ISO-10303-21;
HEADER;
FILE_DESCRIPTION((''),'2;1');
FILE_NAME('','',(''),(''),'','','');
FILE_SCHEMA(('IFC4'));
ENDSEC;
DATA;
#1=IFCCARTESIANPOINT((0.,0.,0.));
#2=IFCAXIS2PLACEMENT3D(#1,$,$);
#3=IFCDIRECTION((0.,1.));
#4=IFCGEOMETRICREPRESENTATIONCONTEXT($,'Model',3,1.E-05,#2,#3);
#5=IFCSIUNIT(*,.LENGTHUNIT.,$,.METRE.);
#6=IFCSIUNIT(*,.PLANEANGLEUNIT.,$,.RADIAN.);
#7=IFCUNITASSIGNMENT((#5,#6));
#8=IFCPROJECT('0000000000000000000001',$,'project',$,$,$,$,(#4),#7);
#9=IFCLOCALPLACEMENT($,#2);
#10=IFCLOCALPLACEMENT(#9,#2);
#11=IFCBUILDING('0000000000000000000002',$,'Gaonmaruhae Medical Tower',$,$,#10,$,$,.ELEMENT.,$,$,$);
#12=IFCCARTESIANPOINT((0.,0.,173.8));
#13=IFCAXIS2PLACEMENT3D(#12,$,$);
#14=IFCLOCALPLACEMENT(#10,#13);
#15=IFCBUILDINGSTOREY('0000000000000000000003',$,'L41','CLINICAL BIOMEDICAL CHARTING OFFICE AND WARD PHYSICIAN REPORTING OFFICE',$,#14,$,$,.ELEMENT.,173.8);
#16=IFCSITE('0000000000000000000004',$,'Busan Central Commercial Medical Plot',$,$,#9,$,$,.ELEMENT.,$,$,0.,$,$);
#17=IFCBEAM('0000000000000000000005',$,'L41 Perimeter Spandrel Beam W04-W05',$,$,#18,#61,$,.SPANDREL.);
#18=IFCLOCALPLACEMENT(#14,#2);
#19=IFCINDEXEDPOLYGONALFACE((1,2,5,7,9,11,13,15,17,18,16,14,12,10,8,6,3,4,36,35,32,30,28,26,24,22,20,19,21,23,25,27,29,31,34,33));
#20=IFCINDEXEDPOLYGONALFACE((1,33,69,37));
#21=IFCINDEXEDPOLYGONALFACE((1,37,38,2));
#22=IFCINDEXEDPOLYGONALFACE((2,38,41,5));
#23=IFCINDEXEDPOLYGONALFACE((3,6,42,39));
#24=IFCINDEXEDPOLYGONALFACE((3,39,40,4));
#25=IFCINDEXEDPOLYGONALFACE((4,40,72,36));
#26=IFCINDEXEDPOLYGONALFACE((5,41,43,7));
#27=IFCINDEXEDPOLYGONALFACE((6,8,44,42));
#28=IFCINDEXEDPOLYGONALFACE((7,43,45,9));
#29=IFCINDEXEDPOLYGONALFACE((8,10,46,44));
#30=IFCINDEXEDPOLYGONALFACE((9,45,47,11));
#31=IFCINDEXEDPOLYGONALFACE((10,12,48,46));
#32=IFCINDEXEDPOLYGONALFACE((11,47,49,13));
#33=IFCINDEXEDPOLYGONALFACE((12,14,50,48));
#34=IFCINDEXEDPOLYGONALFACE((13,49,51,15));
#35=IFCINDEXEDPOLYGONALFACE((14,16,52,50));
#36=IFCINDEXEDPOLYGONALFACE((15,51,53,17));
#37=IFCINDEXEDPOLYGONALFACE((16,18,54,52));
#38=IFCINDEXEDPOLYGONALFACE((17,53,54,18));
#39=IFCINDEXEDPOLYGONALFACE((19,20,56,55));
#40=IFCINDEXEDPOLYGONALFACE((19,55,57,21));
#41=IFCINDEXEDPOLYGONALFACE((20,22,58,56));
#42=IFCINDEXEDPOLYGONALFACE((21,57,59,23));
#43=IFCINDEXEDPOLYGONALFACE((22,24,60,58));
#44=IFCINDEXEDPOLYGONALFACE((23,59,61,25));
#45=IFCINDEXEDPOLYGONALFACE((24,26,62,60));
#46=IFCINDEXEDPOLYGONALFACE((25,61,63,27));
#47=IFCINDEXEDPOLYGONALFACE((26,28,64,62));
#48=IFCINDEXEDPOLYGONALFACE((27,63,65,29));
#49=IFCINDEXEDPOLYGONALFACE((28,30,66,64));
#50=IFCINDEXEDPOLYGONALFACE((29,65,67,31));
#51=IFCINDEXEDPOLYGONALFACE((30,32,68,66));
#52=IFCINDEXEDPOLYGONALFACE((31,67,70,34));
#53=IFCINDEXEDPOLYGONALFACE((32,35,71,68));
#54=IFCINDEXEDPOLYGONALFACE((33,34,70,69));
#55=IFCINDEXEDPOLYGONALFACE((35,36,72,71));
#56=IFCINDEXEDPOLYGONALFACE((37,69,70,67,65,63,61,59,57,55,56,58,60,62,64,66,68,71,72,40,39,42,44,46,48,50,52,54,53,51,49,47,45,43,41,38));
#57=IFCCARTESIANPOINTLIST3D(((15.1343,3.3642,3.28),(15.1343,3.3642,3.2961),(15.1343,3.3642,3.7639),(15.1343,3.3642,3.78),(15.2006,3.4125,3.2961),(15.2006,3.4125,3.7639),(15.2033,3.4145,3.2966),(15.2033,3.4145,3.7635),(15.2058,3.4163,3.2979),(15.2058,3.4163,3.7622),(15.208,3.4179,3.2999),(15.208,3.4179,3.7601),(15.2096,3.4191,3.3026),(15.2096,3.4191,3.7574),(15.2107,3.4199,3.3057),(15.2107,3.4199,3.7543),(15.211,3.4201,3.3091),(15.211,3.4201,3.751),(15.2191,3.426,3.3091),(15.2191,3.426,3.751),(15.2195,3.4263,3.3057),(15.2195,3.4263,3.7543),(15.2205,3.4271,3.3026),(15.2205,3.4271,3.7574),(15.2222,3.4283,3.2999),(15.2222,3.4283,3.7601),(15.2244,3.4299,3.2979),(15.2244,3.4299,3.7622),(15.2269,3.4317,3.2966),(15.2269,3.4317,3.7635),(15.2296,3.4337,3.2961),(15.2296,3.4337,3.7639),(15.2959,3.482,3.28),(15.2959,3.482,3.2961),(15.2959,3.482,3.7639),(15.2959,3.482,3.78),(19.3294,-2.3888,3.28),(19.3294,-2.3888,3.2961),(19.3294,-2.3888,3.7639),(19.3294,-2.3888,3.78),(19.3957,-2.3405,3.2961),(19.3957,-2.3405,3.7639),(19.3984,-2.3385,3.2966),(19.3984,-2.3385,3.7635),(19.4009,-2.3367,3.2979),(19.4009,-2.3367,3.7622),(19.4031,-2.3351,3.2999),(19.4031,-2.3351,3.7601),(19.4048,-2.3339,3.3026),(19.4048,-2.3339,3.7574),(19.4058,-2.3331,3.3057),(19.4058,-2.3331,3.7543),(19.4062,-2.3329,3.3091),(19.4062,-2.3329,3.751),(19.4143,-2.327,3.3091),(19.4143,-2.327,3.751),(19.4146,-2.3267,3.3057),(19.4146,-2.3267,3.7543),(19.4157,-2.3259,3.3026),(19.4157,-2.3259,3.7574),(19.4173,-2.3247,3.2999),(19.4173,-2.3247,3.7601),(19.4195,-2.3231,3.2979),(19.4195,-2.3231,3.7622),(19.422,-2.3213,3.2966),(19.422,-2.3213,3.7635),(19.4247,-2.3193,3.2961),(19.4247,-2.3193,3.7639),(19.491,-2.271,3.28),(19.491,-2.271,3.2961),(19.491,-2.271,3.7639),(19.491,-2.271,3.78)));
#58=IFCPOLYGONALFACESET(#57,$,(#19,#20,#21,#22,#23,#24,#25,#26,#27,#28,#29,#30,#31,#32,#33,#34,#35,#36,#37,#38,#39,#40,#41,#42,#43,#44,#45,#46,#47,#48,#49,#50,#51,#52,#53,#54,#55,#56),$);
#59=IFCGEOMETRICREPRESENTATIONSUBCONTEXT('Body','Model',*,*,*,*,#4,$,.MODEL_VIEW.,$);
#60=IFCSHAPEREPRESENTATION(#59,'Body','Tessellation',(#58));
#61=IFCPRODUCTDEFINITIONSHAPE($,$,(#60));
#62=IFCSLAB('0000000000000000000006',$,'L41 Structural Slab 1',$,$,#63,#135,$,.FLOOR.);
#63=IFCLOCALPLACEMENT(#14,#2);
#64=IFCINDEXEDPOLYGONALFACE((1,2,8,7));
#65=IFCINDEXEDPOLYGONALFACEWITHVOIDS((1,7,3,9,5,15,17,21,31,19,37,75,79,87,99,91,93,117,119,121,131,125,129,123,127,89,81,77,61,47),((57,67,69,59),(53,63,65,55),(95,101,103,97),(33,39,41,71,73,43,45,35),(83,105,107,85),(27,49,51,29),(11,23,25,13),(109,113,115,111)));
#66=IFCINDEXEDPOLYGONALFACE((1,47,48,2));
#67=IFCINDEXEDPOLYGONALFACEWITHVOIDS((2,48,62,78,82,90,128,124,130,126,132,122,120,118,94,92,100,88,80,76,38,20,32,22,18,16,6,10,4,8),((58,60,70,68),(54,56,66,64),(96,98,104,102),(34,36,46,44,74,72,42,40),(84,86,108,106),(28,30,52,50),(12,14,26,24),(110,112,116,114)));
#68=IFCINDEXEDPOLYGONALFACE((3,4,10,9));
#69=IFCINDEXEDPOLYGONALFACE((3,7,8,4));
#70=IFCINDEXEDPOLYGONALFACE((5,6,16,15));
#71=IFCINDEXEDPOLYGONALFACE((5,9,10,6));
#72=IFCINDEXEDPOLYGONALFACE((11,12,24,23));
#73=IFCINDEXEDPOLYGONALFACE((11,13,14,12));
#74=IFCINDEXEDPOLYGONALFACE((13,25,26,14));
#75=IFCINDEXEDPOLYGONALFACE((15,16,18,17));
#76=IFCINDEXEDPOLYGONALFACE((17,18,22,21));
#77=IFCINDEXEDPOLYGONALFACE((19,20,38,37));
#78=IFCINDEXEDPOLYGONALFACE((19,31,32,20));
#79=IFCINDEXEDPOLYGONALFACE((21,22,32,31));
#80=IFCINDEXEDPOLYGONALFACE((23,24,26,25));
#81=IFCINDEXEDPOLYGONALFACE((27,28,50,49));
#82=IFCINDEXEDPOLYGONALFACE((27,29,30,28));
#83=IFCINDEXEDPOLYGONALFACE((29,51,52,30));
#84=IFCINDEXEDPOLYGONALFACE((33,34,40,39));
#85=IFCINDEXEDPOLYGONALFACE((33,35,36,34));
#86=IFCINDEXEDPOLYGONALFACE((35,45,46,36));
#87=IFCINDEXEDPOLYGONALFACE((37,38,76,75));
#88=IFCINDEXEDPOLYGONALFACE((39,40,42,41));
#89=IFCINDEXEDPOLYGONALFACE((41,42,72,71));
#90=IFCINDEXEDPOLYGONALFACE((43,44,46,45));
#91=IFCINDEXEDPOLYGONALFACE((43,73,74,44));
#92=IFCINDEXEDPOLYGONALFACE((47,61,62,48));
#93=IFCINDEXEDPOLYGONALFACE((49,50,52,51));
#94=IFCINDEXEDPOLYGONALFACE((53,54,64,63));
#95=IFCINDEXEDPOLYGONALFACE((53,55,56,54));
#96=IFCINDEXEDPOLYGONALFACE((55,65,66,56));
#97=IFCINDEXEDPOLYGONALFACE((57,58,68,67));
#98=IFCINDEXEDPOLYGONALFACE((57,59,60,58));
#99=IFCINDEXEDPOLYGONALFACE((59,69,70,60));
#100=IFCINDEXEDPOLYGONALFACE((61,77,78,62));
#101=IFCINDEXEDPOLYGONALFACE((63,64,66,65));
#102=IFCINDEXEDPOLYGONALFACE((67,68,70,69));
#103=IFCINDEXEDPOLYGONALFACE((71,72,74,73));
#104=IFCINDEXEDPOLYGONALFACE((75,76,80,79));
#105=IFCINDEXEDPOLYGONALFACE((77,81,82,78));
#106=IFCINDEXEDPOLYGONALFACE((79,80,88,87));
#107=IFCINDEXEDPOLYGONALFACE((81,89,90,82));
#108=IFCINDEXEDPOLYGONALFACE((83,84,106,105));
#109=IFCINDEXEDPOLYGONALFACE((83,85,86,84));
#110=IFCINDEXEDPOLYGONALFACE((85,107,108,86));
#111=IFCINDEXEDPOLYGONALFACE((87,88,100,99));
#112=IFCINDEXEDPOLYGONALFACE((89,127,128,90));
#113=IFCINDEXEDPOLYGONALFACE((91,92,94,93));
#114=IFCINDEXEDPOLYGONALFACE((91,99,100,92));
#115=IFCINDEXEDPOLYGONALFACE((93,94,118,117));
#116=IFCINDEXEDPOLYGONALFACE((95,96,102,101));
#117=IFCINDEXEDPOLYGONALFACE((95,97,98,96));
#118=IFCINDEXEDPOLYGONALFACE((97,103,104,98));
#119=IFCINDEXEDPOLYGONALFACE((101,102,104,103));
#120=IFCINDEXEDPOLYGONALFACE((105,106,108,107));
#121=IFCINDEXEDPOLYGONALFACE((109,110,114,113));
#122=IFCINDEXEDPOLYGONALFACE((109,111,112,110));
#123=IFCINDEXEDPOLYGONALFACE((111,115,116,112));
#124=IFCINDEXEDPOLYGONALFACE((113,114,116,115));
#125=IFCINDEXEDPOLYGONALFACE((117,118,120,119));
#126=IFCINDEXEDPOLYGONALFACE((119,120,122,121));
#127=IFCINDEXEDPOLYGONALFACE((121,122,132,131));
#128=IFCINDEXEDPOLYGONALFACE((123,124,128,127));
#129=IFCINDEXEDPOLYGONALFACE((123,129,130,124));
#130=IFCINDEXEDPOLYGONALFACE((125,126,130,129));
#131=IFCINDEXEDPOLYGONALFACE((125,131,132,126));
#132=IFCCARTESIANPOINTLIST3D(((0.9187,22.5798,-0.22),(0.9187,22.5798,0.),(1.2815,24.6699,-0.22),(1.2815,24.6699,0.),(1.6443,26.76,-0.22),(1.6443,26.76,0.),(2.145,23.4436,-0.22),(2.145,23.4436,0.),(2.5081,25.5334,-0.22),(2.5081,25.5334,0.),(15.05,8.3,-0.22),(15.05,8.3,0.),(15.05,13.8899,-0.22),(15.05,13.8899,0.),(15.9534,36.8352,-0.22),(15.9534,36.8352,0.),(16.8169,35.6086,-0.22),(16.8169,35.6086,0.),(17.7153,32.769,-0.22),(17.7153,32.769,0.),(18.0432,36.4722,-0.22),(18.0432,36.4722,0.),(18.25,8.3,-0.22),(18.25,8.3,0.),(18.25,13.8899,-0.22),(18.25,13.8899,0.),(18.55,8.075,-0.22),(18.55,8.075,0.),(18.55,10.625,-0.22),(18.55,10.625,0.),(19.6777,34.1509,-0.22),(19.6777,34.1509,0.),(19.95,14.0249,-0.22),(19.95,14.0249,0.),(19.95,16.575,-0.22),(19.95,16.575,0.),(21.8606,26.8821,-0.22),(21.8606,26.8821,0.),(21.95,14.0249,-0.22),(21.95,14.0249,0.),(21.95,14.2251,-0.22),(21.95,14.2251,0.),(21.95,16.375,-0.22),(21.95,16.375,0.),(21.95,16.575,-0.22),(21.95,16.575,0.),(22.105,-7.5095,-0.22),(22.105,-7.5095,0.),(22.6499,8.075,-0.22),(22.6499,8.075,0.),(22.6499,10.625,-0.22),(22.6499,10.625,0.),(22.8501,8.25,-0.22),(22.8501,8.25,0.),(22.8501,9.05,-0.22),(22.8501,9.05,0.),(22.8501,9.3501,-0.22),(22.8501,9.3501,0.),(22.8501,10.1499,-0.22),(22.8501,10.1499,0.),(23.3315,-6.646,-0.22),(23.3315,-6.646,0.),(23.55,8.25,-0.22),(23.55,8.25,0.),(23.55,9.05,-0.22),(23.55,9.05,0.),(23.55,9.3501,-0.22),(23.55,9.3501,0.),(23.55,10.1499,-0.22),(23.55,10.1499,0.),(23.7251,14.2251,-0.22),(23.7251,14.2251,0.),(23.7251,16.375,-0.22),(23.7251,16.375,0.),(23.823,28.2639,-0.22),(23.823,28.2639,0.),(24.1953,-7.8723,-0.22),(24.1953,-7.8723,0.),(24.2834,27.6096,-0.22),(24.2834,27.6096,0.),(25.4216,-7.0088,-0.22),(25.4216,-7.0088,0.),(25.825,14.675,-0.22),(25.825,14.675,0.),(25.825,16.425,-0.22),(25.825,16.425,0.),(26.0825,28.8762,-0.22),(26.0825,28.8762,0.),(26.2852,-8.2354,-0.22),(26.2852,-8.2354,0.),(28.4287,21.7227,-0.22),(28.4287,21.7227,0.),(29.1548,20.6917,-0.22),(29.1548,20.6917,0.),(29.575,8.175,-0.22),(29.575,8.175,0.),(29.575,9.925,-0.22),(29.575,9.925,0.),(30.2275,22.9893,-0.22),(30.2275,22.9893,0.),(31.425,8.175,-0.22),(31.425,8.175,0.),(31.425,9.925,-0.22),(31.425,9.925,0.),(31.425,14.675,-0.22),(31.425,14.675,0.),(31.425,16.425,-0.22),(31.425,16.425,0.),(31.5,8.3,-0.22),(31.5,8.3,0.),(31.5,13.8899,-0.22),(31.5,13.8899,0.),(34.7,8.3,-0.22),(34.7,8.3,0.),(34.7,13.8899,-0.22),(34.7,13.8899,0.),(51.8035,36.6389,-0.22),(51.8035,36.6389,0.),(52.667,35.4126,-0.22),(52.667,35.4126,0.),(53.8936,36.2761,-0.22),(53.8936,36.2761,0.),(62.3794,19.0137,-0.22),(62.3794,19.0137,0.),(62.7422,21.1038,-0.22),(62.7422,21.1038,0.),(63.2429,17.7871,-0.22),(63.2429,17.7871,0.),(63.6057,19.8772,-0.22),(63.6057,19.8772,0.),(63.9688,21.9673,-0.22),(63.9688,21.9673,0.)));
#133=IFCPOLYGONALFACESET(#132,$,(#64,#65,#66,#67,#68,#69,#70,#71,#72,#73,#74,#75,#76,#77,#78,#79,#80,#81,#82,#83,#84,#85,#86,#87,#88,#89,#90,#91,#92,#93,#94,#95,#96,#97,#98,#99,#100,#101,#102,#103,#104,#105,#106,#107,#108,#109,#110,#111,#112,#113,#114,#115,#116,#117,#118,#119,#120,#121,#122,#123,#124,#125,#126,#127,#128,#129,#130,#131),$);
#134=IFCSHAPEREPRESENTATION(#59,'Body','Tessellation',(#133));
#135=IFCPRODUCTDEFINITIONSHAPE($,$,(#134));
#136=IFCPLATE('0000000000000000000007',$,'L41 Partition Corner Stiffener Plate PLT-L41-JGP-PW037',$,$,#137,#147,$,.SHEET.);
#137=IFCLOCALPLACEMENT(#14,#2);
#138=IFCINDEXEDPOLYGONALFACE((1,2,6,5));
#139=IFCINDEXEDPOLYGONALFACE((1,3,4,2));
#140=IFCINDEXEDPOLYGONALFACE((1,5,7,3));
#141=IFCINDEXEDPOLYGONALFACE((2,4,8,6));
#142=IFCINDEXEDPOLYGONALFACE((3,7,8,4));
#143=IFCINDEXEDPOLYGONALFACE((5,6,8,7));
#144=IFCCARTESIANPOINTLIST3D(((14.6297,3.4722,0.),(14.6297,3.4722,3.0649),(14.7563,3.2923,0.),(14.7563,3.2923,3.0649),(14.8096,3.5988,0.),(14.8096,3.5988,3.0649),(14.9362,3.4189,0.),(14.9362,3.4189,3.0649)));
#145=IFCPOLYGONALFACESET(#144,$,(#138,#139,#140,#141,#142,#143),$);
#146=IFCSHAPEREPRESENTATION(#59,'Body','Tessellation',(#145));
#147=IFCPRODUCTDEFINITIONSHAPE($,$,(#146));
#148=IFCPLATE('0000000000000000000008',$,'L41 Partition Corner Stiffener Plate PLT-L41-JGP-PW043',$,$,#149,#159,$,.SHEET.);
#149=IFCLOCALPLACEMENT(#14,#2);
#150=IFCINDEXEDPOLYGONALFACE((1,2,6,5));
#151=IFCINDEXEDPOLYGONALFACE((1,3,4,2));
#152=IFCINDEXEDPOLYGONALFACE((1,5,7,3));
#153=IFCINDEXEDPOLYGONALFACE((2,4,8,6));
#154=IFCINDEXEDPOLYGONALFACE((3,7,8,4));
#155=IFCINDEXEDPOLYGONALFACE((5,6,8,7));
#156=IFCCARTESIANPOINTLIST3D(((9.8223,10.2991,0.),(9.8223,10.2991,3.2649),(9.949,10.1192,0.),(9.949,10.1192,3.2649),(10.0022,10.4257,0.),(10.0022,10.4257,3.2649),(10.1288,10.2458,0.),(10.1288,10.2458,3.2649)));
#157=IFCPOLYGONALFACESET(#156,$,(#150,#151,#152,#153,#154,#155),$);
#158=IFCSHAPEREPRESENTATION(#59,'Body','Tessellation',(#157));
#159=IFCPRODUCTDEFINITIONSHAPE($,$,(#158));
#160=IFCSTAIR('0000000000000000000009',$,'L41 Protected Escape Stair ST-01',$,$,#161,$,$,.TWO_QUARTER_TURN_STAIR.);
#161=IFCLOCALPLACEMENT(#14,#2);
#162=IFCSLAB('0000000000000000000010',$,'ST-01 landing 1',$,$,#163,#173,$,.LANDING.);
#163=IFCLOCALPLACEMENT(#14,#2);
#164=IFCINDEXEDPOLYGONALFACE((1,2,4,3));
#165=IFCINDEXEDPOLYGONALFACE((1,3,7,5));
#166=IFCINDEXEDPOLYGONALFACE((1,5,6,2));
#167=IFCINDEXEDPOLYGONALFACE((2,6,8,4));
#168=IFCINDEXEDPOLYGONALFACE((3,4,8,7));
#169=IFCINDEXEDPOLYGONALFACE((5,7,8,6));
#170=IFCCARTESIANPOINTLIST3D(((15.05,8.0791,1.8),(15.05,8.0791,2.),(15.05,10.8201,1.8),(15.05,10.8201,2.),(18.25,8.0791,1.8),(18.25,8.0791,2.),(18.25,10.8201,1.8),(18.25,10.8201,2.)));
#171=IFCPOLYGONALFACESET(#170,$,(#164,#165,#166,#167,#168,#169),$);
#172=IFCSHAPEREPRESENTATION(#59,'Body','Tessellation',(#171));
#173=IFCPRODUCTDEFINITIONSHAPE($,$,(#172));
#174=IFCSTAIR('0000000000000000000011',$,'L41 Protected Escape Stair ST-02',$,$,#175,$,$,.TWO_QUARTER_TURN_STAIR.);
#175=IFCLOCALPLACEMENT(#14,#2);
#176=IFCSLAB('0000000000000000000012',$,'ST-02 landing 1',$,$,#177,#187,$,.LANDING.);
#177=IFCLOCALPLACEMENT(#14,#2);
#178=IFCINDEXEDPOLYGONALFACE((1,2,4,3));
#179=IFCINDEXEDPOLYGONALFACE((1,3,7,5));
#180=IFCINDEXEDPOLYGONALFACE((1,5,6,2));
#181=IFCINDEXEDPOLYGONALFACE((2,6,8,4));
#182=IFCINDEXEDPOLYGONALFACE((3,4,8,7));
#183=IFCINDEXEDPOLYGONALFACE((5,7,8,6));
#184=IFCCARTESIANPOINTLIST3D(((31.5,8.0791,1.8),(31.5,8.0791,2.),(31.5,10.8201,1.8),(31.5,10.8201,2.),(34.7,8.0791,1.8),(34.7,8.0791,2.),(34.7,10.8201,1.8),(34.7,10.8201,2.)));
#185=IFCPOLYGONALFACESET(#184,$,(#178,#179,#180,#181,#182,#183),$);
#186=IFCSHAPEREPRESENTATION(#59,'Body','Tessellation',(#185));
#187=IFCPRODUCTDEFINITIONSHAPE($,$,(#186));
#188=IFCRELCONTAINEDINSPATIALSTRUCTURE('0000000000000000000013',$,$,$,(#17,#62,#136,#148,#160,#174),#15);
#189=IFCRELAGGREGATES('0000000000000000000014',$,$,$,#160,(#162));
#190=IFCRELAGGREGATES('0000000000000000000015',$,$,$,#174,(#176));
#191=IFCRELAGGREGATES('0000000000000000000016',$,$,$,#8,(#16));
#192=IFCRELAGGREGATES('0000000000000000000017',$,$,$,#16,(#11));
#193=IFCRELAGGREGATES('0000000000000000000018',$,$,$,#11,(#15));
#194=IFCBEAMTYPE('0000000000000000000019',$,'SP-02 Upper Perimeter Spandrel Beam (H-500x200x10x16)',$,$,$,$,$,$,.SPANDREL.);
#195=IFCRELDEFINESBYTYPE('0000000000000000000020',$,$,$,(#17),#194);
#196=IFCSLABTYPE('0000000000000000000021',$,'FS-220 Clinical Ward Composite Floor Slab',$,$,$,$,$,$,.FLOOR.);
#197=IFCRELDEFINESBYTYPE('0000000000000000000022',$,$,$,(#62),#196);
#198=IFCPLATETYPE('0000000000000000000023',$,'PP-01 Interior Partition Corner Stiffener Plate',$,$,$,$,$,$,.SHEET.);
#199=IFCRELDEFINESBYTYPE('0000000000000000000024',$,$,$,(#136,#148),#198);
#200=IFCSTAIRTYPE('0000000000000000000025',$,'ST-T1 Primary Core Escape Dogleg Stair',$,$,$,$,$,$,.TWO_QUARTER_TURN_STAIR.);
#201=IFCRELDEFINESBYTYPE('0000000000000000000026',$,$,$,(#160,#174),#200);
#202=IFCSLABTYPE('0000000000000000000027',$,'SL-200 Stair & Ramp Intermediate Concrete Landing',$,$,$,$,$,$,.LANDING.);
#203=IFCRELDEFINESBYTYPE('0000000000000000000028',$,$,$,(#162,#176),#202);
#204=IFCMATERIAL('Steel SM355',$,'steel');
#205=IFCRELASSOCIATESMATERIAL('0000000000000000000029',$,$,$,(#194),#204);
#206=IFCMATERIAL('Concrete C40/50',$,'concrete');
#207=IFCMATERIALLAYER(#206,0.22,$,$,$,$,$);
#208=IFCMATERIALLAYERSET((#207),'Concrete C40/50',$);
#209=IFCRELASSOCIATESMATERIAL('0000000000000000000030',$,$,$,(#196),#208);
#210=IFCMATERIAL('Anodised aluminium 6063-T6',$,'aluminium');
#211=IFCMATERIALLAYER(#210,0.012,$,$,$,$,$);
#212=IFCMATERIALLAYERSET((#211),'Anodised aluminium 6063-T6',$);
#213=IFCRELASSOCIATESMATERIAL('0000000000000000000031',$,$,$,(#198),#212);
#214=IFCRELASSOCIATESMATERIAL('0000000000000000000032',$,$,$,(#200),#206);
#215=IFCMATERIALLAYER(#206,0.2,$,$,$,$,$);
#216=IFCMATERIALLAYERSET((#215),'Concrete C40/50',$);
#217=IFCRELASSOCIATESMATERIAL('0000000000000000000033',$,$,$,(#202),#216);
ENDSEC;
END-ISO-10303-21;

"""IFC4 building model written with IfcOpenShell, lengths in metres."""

from ifc_helpers import new_model, si_unit, direction, frame, origin, origin_2d, place, context, subcontext, project, spatial, polyline, rectangle, i_section, outline, extrude, material, layer, layer_set, material_profile, profile_set, type_object, element, aggregate, save


model = new_model("IFC4")

# Units and contexts
model_context = context("Model", 3, precision=1e-05, world=origin(), true_north=direction((0.0, 1.0)))
body_context = subcontext(model_context, "Body", "Model", "MODEL_VIEW")
ifc_project = project(units=[si_unit("LENGTHUNIT", "METRE"), si_unit("PLANEANGLEUNIT", "RADIAN")], contexts=[model_context])

# Site, building, storey
site_placement = place(None, origin())
site = spatial("IfcSite", under=ifc_project, at=site_placement, Name="Busan Central Commercial Medical Plot", CompositionType="ELEMENT", RefElevation=0.0)
building_placement = place(site_placement, origin())
building = spatial("IfcBuilding", under=site, at=building_placement, Name="Gaonmaruhae Medical Tower", CompositionType="ELEMENT")
storey_placement = place(building_placement, frame((0.0, 0.0, 173.8)))
storey = spatial("IfcBuildingStorey", under=building, at=storey_placement, Name="L41", Description="CLINICAL BIOMEDICAL CHARTING OFFICE AND WARD PHYSICIAN REPORTING OFFICE", CompositionType="ELEMENT", Elevation=173.8)

# Beam
ifc_material_1 = material(Name="Steel SM355", Category="steel")
ifc_material_profile_1 = material_profile(ifc_material_1, i_section(OverallWidth=0.2, OverallDepth=0.5, WebThickness=0.01, FlangeThickness=0.0161, FilletRadius=0.0129, at=origin_2d()), Name="H-500x200x10x16")
ifc_profile_set_1 = profile_set([ifc_material_profile_1], Name="Steel SM355")
beam_type_1 = type_object("IfcBeamType", Name="SP-02 Upper Perimeter Spandrel Beam (H-500x200x10x16)", PredefinedType="SPANDREL", material=ifc_profile_set_1)
beam_1_placement = place(storey_placement, frame((15.2151, 3.4231, 3.53), z_axis=(0.589193, -0.807993, 0.0), x_axis=(0.807993, 0.589193, 0.0)))
element("IfcBeam", 1, at=beam_1_placement, inside=storey, type_object=beam_type_1, Name="L41 Perimeter Spandrel Beam W04-W05", PredefinedType="SPANDREL", context=body_context, shape_type="SweptSolid", body=[
    extrude(i_section(OverallWidth=0.2, OverallDepth=0.5, WebThickness=0.01, FlangeThickness=0.0161, FilletRadius=0.0129, at=origin_2d()), origin(), (0.0, 0.0, 1.0), 7.1201),
])

# Slab
ifc_material_2 = material(Name="Concrete C40/50", Category="concrete")
ifc_layer_1 = layer(ifc_material_2, 0.22)
ifc_layer_set_1 = layer_set([ifc_layer_1], Name="Concrete C40/50")
slab_type_1 = type_object("IfcSlabType", Name="FS-220 Clinical Ward Composite Floor Slab", PredefinedType="FLOOR", material=ifc_layer_set_1)
slab_1_placement = place(storey_placement, frame((0.0, 0.0, -0.22)))
element("IfcSlab", 2, at=slab_1_placement, inside=storey, type_object=slab_type_1, Name="L41 Structural Slab 1", PredefinedType="FLOOR", context=body_context, shape_type="SweptSolid", body=[
    extrude(outline(polyline([(51.8035, 36.6389), (52.667, 35.4126), (53.8936, 36.2761), (63.9688, 21.9673), (62.7422, 21.1038), (63.6057, 19.8772), (62.3794, 19.0137), (63.2429, 17.7871), (26.2852, -8.2354), (25.4216, -7.0088), (24.1953, -7.8723), (23.3315, -6.646), (22.105, -7.5095), (0.9187, 22.5798), (2.145, 23.4436), (1.2815, 24.6699), (2.5081, 25.5334), (1.6443, 26.76), (15.9534, 36.8352), (16.8169, 35.6086), (18.0432, 36.4722), (19.6777, 34.1509), (17.7153, 32.769), (21.8606, 26.8821), (23.823, 28.2639), (24.2834, 27.6096), (26.0825, 28.8762), (30.2275, 22.9893), (28.4287, 21.7227), (29.1548, 20.6917), (51.8035, 36.6389)]), holes=[polyline([(23.55, 8.25), (22.8501, 8.25), (22.8501, 9.05), (23.55, 9.05), (23.55, 8.25)]), polyline([(31.425, 9.925), (31.425, 8.175), (29.575, 8.175), (29.575, 9.925), (31.425, 9.925)]), polyline([(22.6499, 10.625), (22.6499, 8.075), (18.55, 8.075), (18.55, 10.625), (22.6499, 10.625)]), polyline([(23.55, 9.3501), (22.8501, 9.3501), (22.8501, 10.1499), (23.55, 10.1499), (23.55, 9.3501)]), polyline([(15.05, 13.8899), (18.25, 13.8899), (18.25, 8.3), (15.05, 8.3), (15.05, 13.8899)]), polyline([(31.5, 13.8899), (34.7, 13.8899), (34.7, 8.3), (31.5, 8.3), (31.5, 13.8899)]), polyline([(21.95, 14.2251), (21.95, 14.0249), (19.95, 14.0249), (19.95, 16.575), (21.95, 16.575), (21.95, 16.375), (23.7251, 16.375), (23.7251, 14.2251), (21.95, 14.2251)]), polyline([(31.425, 16.425), (31.425, 14.675), (25.825, 14.675), (25.825, 16.425), (31.425, 16.425)])]), origin(), (0.0, 0.0, 1.0), 0.22),
])

# Plates
ifc_material_3 = material(Name="Anodised aluminium 6063-T6", Category="aluminium")
ifc_layer_2 = layer(ifc_material_3, 0.012)
ifc_layer_set_2 = layer_set([ifc_layer_2], Name="Anodised aluminium 6063-T6")
plate_type = type_object("IfcPlateType", Name="PP-01 Interior Partition Corner Stiffener Plate", PredefinedType="SHEET", material=ifc_layer_set_2)
plate_1_placement = place(storey_placement, frame((14.783, 3.4456, 0.0), z_axis=(0.0, 0.0, 1.0), x_axis=(-0.575562, 0.817758, 0.0)))
element("IfcPlate", 3, at=plate_1_placement, inside=storey, type_object=plate_type, Name="L41 Partition Corner Stiffener Plate PLT-L41-JGP-PW037", PredefinedType="SHEET", context=body_context, shape_type="SweptSolid", body=[
    extrude(rectangle(XDim=0.22, YDim=0.22, at=origin_2d()), origin(), (0.0, 0.0, 1.0), 3.0649),
])
plate_2_placement = place(storey_placement, frame((9.9756, 10.2725, 0.0), z_axis=(0.0, 0.0, 1.0), x_axis=(-0.57569, 0.817668, 0.0)))
element("IfcPlate", 4, at=plate_2_placement, inside=storey, type_object=plate_type, Name="L41 Partition Corner Stiffener Plate PLT-L41-JGP-PW043", PredefinedType="SHEET", context=body_context, shape_type="SweptSolid", body=[
    extrude(rectangle(XDim=0.22, YDim=0.22, at=origin_2d()), origin(), (0.0, 0.0, 1.0), 3.2649),
])

# Stairs, slabs
stair_type = type_object("IfcStairType", Name="ST-T1 Primary Core Escape Dogleg Stair", PredefinedType="TWO_QUARTER_TURN_STAIR", material=ifc_material_2)
stair_1_placement = place(storey_placement, origin())
stair_1 = element("IfcStair", 5, at=stair_1_placement, inside=storey, type_object=stair_type, Name="L41 Protected Escape Stair ST-01", PredefinedType="TWO_QUARTER_TURN_STAIR")
ifc_layer_3 = layer(ifc_material_2, 0.2)
ifc_layer_set_3 = layer_set([ifc_layer_3], Name="Concrete C40/50")
slab_type_2 = type_object("IfcSlabType", Name="SL-200 Stair & Ramp Intermediate Concrete Landing", PredefinedType="LANDING", material=ifc_layer_set_3)
slab_2_placement = place(storey_placement, frame((0.0, 0.0, 1.8)))
slab_2 = element("IfcSlab", 6, at=slab_2_placement, type_object=slab_type_2, Name="ST-01 landing 1", PredefinedType="LANDING", context=body_context, shape_type="SweptSolid", body=[
    extrude(outline(polyline([(15.05, 10.8201), (15.05, 8.0791), (18.25, 8.0791), (18.25, 10.8201), (15.05, 10.8201)])), origin(), (0.0, 0.0, 1.0), 0.2),
])
aggregate(stair_1, [slab_2])
stair_2_placement = place(storey_placement, origin())
stair_2 = element("IfcStair", 7, at=stair_2_placement, inside=storey, type_object=stair_type, Name="L41 Protected Escape Stair ST-02", PredefinedType="TWO_QUARTER_TURN_STAIR")
slab_3_placement = place(storey_placement, frame((0.0, 0.0, 1.8)))
slab_3 = element("IfcSlab", 8, at=slab_3_placement, type_object=slab_type_2, Name="ST-02 landing 1", PredefinedType="LANDING", context=body_context, shape_type="SweptSolid", body=[
    extrude(outline(polyline([(31.5, 10.8201), (31.5, 8.0791), (34.7, 8.0791), (34.7, 10.8201), (31.5, 10.8201)])), origin(), (0.0, 0.0, 1.0), 0.2),
])
aggregate(stair_2, [slab_3])

save(model, "model.ifc")
